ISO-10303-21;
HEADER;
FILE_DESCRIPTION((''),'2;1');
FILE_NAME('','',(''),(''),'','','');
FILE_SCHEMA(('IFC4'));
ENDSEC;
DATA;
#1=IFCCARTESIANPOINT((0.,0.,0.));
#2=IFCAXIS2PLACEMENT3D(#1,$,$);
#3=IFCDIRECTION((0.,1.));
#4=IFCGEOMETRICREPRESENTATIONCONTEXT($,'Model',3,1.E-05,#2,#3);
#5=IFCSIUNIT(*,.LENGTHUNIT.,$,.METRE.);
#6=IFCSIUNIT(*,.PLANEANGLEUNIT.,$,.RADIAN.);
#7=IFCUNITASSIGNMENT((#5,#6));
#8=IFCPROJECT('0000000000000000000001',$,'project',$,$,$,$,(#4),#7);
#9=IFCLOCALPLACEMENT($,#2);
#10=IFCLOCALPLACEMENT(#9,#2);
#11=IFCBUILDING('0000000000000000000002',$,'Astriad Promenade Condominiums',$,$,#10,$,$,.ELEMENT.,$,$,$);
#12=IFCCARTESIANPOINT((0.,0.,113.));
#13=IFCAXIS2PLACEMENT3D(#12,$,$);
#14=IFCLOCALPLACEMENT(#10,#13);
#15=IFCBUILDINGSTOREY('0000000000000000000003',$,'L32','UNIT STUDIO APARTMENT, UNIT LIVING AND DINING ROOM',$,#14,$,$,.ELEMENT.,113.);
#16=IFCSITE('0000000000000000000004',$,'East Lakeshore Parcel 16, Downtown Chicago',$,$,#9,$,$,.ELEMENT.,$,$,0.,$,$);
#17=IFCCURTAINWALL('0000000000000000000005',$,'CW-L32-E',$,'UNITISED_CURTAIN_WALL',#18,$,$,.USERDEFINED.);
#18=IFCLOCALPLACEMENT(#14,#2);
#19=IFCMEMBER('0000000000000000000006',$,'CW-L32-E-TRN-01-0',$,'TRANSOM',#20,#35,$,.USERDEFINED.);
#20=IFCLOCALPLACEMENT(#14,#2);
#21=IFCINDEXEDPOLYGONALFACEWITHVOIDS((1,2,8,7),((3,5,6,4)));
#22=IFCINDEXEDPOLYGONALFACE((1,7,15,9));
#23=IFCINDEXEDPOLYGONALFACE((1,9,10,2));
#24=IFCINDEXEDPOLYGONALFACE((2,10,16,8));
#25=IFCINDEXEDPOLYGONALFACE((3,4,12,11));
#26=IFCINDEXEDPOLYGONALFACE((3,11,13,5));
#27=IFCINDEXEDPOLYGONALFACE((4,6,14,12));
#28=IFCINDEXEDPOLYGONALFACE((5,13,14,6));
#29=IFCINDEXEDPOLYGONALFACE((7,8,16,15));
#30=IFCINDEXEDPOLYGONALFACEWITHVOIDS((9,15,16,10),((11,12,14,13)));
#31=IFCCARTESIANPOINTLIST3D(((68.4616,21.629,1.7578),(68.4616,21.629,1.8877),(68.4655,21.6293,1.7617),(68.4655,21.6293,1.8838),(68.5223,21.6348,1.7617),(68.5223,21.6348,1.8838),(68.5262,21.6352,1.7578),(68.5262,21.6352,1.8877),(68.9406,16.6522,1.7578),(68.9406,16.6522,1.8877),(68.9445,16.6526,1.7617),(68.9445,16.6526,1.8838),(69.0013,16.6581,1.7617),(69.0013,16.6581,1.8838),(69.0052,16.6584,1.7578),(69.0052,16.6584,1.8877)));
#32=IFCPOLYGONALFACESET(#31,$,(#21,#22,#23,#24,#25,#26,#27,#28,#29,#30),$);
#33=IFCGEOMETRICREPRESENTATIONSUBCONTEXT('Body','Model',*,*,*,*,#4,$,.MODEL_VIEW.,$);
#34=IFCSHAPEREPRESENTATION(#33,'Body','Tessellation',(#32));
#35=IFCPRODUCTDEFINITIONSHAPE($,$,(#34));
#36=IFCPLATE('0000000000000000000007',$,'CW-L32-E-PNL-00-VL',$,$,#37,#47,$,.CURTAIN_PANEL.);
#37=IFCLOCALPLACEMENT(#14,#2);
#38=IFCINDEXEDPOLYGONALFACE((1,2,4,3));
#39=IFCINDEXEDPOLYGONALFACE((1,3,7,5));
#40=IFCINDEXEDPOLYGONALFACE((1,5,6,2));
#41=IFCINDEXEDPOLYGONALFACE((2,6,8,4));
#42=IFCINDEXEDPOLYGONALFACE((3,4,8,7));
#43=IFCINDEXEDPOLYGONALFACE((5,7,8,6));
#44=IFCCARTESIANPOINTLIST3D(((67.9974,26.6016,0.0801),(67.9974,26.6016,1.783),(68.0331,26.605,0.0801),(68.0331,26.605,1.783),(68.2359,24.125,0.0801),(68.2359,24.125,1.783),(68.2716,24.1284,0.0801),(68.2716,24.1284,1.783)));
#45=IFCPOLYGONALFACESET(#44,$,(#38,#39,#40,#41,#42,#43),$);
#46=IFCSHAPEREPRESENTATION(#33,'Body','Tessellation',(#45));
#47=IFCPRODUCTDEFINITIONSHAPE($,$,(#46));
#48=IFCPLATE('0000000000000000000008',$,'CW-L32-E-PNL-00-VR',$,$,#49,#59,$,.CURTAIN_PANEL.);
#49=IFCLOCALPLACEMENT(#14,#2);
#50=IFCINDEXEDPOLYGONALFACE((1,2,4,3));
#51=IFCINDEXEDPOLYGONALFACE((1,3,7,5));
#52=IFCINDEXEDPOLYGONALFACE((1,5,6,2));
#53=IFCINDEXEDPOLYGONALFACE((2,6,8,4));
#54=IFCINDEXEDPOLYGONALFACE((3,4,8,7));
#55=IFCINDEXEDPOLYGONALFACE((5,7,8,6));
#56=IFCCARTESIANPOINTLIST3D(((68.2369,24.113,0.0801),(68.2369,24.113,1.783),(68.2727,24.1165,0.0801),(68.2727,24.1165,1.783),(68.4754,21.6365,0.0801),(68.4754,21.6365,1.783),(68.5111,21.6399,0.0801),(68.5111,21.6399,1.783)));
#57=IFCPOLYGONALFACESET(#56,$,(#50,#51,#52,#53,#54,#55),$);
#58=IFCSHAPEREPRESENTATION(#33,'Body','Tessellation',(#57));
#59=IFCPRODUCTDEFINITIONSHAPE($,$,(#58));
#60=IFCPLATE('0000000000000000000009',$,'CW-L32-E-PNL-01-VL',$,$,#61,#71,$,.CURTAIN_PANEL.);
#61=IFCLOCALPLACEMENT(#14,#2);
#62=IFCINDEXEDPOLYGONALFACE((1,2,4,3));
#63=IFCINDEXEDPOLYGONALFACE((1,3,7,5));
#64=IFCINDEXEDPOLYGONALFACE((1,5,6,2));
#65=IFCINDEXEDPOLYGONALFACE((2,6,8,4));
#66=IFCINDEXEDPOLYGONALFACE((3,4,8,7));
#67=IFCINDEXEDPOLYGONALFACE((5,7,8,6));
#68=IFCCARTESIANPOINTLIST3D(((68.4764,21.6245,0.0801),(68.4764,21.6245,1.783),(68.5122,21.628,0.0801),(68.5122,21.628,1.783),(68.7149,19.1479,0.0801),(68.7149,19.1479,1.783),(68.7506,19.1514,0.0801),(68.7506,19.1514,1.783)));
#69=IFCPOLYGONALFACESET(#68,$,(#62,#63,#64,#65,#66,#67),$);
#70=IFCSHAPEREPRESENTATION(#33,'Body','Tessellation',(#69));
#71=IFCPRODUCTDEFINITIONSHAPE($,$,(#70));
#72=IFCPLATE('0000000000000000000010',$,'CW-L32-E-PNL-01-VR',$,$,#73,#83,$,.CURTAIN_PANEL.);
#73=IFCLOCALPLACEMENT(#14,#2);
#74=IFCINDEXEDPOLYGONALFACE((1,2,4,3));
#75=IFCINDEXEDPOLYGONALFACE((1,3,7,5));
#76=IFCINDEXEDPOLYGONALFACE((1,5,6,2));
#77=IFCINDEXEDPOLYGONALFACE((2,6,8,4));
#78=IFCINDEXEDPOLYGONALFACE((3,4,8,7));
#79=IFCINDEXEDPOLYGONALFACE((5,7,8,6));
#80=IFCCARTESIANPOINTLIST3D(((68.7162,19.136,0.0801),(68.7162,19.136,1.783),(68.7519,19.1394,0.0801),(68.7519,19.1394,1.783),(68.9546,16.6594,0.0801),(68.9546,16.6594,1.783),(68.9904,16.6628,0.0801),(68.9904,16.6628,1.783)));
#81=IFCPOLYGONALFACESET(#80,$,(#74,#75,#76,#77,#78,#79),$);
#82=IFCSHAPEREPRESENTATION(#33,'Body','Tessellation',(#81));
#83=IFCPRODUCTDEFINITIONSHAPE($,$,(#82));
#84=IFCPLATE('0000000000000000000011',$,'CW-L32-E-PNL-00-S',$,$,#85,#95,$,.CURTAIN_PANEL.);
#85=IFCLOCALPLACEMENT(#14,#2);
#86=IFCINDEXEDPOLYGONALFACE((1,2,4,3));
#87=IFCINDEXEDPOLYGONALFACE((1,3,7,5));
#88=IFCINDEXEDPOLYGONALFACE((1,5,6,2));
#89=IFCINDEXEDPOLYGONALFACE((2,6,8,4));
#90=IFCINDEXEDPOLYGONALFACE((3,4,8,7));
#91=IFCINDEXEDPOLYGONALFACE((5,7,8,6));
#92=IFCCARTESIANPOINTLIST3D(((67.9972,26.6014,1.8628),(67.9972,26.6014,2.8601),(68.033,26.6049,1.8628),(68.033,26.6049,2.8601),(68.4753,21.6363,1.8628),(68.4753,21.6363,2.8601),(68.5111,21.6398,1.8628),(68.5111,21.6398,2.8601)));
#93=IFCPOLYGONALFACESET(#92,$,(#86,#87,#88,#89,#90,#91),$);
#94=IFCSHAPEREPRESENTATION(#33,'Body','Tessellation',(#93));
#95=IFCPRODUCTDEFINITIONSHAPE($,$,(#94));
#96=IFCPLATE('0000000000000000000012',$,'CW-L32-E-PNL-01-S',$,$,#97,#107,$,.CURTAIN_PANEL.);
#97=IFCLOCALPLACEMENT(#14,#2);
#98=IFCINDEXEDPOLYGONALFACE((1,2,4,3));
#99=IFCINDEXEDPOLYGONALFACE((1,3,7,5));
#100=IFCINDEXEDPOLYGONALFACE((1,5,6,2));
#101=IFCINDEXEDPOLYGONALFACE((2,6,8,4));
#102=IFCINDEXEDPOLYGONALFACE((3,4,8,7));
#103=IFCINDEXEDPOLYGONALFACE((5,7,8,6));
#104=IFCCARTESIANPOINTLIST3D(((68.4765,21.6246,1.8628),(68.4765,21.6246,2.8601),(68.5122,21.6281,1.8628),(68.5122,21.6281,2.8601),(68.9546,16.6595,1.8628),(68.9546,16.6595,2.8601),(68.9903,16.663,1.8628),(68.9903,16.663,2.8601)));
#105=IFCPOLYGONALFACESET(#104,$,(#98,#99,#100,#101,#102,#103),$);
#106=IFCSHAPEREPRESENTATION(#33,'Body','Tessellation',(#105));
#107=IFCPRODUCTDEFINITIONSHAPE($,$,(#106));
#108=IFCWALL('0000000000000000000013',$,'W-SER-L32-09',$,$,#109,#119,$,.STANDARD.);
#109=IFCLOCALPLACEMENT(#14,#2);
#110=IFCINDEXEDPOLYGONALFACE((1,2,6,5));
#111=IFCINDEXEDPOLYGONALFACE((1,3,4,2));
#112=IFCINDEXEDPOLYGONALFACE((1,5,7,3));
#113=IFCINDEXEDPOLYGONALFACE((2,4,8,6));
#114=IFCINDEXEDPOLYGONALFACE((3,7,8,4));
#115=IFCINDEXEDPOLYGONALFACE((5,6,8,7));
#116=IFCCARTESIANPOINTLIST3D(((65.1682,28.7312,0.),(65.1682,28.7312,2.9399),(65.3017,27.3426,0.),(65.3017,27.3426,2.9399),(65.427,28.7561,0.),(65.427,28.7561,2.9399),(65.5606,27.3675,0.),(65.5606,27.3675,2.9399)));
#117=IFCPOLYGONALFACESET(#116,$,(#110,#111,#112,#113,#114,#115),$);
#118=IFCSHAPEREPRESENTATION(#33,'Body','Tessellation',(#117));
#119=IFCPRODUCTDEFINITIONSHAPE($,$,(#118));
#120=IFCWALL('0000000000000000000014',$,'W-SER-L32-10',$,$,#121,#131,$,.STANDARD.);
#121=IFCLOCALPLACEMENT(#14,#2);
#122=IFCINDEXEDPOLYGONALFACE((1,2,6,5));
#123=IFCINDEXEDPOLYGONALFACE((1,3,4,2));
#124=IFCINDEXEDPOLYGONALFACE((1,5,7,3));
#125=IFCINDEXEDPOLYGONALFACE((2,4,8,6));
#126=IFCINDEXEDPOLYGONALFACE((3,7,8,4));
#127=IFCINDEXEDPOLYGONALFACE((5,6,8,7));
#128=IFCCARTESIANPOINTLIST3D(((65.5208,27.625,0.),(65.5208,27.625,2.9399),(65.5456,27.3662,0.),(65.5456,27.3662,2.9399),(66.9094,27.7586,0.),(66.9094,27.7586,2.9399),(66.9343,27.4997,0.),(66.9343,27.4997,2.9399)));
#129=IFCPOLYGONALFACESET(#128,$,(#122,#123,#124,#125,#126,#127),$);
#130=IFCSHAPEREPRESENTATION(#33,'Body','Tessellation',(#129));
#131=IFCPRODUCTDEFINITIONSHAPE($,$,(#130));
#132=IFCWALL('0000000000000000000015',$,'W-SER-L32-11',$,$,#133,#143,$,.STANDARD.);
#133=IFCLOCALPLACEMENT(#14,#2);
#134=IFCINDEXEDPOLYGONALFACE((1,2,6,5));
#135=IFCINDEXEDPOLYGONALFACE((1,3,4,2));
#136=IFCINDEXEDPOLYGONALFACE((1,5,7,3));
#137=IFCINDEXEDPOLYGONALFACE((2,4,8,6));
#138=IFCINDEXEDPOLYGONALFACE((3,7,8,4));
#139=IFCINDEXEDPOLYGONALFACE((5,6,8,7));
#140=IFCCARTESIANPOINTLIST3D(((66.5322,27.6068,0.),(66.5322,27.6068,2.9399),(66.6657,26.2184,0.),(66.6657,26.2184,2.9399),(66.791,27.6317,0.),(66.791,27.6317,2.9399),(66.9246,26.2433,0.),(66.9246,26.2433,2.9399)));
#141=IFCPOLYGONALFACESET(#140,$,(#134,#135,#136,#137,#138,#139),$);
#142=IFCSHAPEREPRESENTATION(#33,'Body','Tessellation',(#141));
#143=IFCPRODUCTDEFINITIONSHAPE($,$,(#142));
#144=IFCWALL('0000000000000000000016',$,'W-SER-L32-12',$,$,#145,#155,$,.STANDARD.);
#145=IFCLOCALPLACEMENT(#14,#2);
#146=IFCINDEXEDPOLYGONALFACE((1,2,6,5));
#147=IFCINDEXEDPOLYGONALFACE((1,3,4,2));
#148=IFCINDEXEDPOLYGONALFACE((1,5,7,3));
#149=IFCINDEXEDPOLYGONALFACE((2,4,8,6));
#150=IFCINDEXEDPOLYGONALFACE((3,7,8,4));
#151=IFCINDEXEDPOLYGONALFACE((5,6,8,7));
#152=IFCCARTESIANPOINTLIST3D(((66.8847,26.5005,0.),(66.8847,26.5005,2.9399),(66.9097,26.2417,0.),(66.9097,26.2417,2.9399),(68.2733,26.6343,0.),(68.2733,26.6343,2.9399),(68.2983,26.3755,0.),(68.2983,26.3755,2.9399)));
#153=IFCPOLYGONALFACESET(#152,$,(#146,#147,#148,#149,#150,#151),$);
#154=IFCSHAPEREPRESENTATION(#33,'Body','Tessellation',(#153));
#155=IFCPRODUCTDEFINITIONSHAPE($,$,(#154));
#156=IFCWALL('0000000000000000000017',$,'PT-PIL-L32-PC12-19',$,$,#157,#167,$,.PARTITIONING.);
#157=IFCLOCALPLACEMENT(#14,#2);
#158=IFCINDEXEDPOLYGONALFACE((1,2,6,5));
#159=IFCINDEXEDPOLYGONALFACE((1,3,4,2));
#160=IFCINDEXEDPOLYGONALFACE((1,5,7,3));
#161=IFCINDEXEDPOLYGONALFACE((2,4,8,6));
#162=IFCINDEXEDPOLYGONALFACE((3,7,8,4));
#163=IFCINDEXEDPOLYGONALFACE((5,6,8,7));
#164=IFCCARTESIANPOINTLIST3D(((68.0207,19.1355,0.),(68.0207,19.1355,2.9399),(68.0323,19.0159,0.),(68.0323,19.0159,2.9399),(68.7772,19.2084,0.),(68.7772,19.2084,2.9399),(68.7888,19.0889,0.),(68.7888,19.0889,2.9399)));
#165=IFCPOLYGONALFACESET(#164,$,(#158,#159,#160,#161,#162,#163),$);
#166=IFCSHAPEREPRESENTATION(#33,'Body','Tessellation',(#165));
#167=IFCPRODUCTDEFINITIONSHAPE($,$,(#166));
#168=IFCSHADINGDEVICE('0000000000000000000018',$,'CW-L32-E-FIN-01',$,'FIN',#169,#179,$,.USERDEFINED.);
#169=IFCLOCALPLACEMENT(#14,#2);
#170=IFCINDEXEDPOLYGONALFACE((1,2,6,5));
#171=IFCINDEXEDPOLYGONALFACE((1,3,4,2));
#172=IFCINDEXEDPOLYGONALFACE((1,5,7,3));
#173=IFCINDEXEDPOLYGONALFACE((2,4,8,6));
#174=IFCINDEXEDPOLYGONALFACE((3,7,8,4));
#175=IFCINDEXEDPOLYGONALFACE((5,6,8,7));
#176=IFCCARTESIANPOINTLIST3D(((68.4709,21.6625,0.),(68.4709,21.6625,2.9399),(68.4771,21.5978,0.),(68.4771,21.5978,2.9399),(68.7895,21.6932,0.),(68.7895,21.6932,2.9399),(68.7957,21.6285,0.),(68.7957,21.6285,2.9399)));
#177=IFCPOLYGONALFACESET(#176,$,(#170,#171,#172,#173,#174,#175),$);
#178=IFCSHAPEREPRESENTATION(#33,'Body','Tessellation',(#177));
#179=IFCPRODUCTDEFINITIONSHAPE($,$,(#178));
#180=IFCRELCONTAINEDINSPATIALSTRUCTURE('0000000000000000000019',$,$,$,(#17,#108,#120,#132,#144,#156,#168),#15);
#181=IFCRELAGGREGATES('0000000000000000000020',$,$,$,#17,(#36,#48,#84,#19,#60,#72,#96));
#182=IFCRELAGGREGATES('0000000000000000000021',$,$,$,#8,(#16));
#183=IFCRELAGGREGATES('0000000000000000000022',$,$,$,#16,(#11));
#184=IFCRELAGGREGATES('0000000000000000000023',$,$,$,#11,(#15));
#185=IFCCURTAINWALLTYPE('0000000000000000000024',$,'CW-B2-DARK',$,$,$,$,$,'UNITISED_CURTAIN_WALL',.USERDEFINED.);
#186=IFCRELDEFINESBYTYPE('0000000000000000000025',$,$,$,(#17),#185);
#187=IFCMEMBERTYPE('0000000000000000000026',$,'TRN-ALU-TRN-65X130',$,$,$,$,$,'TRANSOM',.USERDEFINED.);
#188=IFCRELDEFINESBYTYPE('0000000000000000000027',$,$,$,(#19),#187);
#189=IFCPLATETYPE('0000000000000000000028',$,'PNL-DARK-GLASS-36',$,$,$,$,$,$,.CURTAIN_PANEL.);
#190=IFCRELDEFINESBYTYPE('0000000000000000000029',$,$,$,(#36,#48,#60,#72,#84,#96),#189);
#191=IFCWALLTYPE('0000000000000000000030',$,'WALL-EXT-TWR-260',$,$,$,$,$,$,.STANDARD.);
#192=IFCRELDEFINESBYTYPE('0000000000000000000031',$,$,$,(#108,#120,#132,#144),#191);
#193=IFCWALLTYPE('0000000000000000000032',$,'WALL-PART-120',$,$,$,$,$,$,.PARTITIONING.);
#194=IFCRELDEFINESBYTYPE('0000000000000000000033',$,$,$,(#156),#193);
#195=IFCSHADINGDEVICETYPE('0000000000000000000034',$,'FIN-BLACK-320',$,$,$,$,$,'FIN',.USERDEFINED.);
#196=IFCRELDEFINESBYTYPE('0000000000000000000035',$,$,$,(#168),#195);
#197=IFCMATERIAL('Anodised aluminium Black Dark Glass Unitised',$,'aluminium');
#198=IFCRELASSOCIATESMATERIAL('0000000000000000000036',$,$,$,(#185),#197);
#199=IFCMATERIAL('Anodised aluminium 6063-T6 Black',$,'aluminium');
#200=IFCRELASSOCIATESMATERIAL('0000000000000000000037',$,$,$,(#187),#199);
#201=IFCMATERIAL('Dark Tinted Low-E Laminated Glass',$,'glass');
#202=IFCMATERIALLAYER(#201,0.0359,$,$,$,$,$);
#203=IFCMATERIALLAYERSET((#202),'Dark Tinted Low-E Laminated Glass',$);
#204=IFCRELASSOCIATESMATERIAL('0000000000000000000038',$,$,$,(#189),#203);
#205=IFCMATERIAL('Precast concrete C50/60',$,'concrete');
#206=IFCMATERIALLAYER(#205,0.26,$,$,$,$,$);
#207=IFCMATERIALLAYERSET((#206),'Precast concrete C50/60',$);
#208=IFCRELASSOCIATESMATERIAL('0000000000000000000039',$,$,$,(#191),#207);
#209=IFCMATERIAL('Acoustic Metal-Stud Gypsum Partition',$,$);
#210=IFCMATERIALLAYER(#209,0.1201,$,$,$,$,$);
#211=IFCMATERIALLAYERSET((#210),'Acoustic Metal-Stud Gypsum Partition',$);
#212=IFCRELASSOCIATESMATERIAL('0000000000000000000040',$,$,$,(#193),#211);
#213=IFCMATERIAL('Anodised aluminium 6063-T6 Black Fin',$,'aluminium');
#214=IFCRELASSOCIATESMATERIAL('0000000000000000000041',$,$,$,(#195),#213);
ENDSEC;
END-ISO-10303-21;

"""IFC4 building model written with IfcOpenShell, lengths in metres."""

from ifc_helpers import new_model, si_unit, direction, frame, frame_2d, origin, origin_2d, place, context, subcontext, project, spatial, rectangle, hollow_rectangle, extrude, source, transform, mapped, material, layer, layer_set, material_profile, profile_set, type_object, type_shapes, element, aggregate, save


model = new_model("IFC4")

# Units and contexts
model_context = context("Model", 3, precision=1e-05, world=origin(), true_north=direction((0.0, 1.0)))
body_context = subcontext(model_context, "Body", "Model", "MODEL_VIEW")
ifc_project = project(units=[si_unit("LENGTHUNIT", "METRE"), si_unit("PLANEANGLEUNIT", "RADIAN")], contexts=[model_context])

# Site, building, storey
site_placement = place(None, origin())
site = spatial("IfcSite", under=ifc_project, at=site_placement, Name="East Lakeshore Parcel 16, Downtown Chicago", CompositionType="ELEMENT", RefElevation=0.0)
building_placement = place(site_placement, origin())
building = spatial("IfcBuilding", under=site, at=building_placement, Name="Astriad Promenade Condominiums", CompositionType="ELEMENT")
storey_placement = place(building_placement, frame((0.0, 0.0, 113.0)))
storey = spatial("IfcBuildingStorey", under=building, at=storey_placement, Name="L32", Description="UNIT STUDIO APARTMENT, UNIT LIVING AND DINING ROOM", CompositionType="ELEMENT", Elevation=113.0)

# Curtain wall, member, plates
ifc_material_1 = material(Name="Anodised aluminium Black Dark Glass Unitised", Category="aluminium")
curtain_wall_type = type_object("IfcCurtainWallType", Name="CW-B2-DARK", ElementType="UNITISED_CURTAIN_WALL", PredefinedType="USERDEFINED", material=ifc_material_1)
curtain_wall_placement = place(storey_placement, origin())
curtain_wall = element("IfcCurtainWall", 1, at=curtain_wall_placement, inside=storey, type_object=curtain_wall_type, Name="CW-L32-E", ObjectType="UNITISED_CURTAIN_WALL", PredefinedType="USERDEFINED")
ifc_material_2 = material(Name="Anodised aluminium 6063-T6 Black", Category="aluminium")
ifc_material_profile_1 = material_profile(ifc_material_2, hollow_rectangle(XDim=0.0649, YDim=0.1299, WallThickness=0.0039, at=origin_2d()), Name="ALU-TRN-65X130")
ifc_profile_set_1 = profile_set([ifc_material_profile_1], Name="Anodised aluminium 6063-T6 Black")
member_type_1 = type_object("IfcMemberType", Name="TRN-ALU-TRN-65X130", ElementType="TRANSOM", PredefinedType="USERDEFINED", material=ifc_profile_set_1)
shared_shape_1 = source(origin(), body_context, "Body", "SweptSolid", [
    extrude(hollow_rectangle(XDim=0.0649, YDim=0.1299, WallThickness=0.0039, at=origin_2d()), origin(), (0.0, 0.0, 1.0), 4.9998),
])
member_1_placement = place(storey_placement, frame((68.4939, 21.6321, 1.8228), z_axis=(0.095805, -0.9954, 0.0), x_axis=(0.9954, 0.095805, 0.0)))
member_1 = element("IfcMember", 2, at=member_1_placement, type_object=member_type_1, Name="CW-L32-E-TRN-01-0", ObjectType="TRANSOM", PredefinedType="USERDEFINED", context=body_context, shape_type="MappedRepresentation", body=[
    mapped(shared_shape_1, transform((0.0, 0.0, 0.0), scale=1.0)),
])
ifc_material_3 = material(Name="Dark Tinted Low-E Laminated Glass", Category="glass")
ifc_layer_1 = layer(ifc_material_3, 0.0359)
ifc_layer_set_1 = layer_set([ifc_layer_1], Name="Dark Tinted Low-E Laminated Glass")
plate_type = type_object("IfcPlateType", Name="PNL-DARK-GLASS-36", PredefinedType="CURTAIN_PANEL", material=ifc_layer_set_1)
shared_shape_2 = source(origin(), body_context, "Body", "SweptSolid", [
    extrude(rectangle(XDim=2.488, YDim=0.0359, at=origin_2d()), origin(), (0.0, 0.0, 1.0), 1.7029),
])
plate_1_placement = place(storey_placement, frame((68.1345, 25.365, 0.0801), z_axis=(0.0, 0.0, 1.0), x_axis=(0.095846, -0.995396, 0.0)))
plate_1 = element("IfcPlate", 3, at=plate_1_placement, type_object=plate_type, Name="CW-L32-E-PNL-00-VL", PredefinedType="CURTAIN_PANEL", context=body_context, shape_type="MappedRepresentation", body=[
    mapped(shared_shape_2, transform((0.0, 0.0, 0.0), scale=1.0)),
])
plate_2_placement = place(storey_placement, frame((68.374, 22.8765, 0.0801), z_axis=(0.0, 0.0, 1.0), x_axis=(0.095846, -0.995396, 0.0)))
plate_2 = element("IfcPlate", 4, at=plate_2_placement, type_object=plate_type, Name="CW-L32-E-PNL-00-VR", PredefinedType="CURTAIN_PANEL", context=body_context, shape_type="MappedRepresentation", body=[
    mapped(shared_shape_2, transform((0.0, 0.0, 0.0), scale=1.0)),
])
plate_3_placement = place(storey_placement, frame((68.6135, 20.3879, 0.0801), z_axis=(0.0, 0.0, 1.0), x_axis=(0.095846, -0.995396, 0.0)))
plate_3 = element("IfcPlate", 5, at=plate_3_placement, type_object=plate_type, Name="CW-L32-E-PNL-01-VL", PredefinedType="CURTAIN_PANEL", context=body_context, shape_type="MappedRepresentation", body=[
    mapped(shared_shape_2, transform((0.0, 0.0, 0.0), scale=1.0)),
])
plate_4_placement = place(storey_placement, frame((68.8533, 17.8994, 0.0801), z_axis=(0.0, 0.0, 1.0), x_axis=(0.095846, -0.995396, 0.0)))
plate_4 = element("IfcPlate", 6, at=plate_4_placement, type_object=plate_type, Name="CW-L32-E-PNL-01-VR", PredefinedType="CURTAIN_PANEL", context=body_context, shape_type="MappedRepresentation", body=[
    mapped(shared_shape_2, transform((0.0, 0.0, 0.0), scale=1.0)),
])
shared_shape_3 = source(origin(), body_context, "Body", "SweptSolid", [
    extrude(rectangle(XDim=4.988, YDim=0.0359, at=origin_2d()), origin(), (0.0, 0.0, 1.0), 0.9973),
])
type_shapes(plate_type, [shared_shape_2, shared_shape_3])
plate_5_placement = place(storey_placement, frame((68.2542, 24.1206, 1.8628), z_axis=(0.0, 0.0, 1.0), x_axis=(0.095846, -0.995396, 0.0)))
plate_5 = element("IfcPlate", 7, at=plate_5_placement, type_object=plate_type, Name="CW-L32-E-PNL-00-S", PredefinedType="CURTAIN_PANEL", context=body_context, shape_type="MappedRepresentation", body=[
    mapped(shared_shape_3, transform((0.0, 0.0, 0.0), scale=1.0)),
])
plate_6_placement = place(storey_placement, frame((68.7334, 19.1438, 1.8628), z_axis=(0.0, 0.0, 1.0), x_axis=(0.095846, -0.995396, 0.0)))
plate_6 = element("IfcPlate", 8, at=plate_6_placement, type_object=plate_type, Name="CW-L32-E-PNL-01-S", PredefinedType="CURTAIN_PANEL", context=body_context, shape_type="MappedRepresentation", body=[
    mapped(shared_shape_3, transform((0.0, 0.0, 0.0), scale=1.0)),
])
aggregate(curtain_wall, [plate_1, plate_2, plate_5, member_1, plate_3, plate_4, plate_6])

# Walls
ifc_material_4 = material(Name="Precast concrete C50/60", Category="concrete")
ifc_layer_2 = layer(ifc_material_4, 0.26)
ifc_layer_set_2 = layer_set([ifc_layer_2], Name="Precast concrete C50/60")
wall_type_1 = type_object("IfcWallType", Name="WALL-EXT-TWR-260", PredefinedType="STANDARD", material=ifc_layer_set_2)
for number, where, z_axis, x_axis, name in (
    (9, (65.2976, 28.7437, 0.0), (0.0, 0.0, 1.0), (0.095726, -0.995408, 0.0), "W-SER-L32-09"),
    (10, (65.5332, 27.4956, 0.0), (0.0, 0.0, 1.0), (0.995408, 0.095726, 0.0), "W-SER-L32-10"),
):
    element("IfcWall", number, at=place(storey_placement, frame(where, z_axis=z_axis, x_axis=x_axis)), inside=storey, type_object=wall_type_1, Name=name, PredefinedType="STANDARD", context=body_context, shape_type="SweptSolid", body=[
        extrude(rectangle(XDim=1.395, YDim=0.26, at=frame_2d((0.6975, 0.0))), origin(), (0.0, 0.0, 1.0), 2.9399),
    ])
wall_1_placement = place(storey_placement, frame((66.6616, 27.6191, 0.0), z_axis=(0.0, 0.0, 1.0), x_axis=(0.095742, -0.995406, 0.0)))
element("IfcWall", 11, at=wall_1_placement, inside=storey, type_object=wall_type_1, Name="W-SER-L32-11", PredefinedType="STANDARD", context=body_context, shape_type="SweptSolid", body=[
    extrude(rectangle(XDim=1.3948, YDim=0.26, at=frame_2d((0.6973, 0.0))), origin(), (0.0, 0.0, 1.0), 2.9399),
])
wall_2_placement = place(storey_placement, frame((66.8972, 26.3711, 0.0), z_axis=(0.0, 0.0, 1.0), x_axis=(0.995391, 0.095899, 0.0)))
element("IfcWall", 12, at=wall_2_placement, inside=storey, type_object=wall_type_1, Name="W-SER-L32-12", PredefinedType="STANDARD", context=body_context, shape_type="SweptSolid", body=[
    extrude(rectangle(XDim=1.395, YDim=0.26, at=frame_2d((0.6975, 0.0))), origin(), (0.0, 0.0, 1.0), 2.9399),
])
ifc_material_5 = material(Name="Acoustic Metal-Stud Gypsum Partition")
ifc_layer_3 = layer(ifc_material_5, 0.1201)
ifc_layer_set_3 = layer_set([ifc_layer_3], Name="Acoustic Metal-Stud Gypsum Partition")
wall_type_2 = type_object("IfcWallType", Name="WALL-PART-120", PredefinedType="PARTITIONING", material=ifc_layer_set_3)
wall_3_placement = place(storey_placement, frame((68.0266, 19.0757, 0.0), z_axis=(0.0, 0.0, 1.0), x_axis=(0.995378, 0.096037, 0.0)))
element("IfcWall", 13, at=wall_3_placement, inside=storey, type_object=wall_type_2, Name="PT-PIL-L32-PC12-19", PredefinedType="PARTITIONING", context=body_context, shape_type="SweptSolid", body=[
    extrude(rectangle(XDim=0.76, YDim=0.1201, at=frame_2d((0.3799, 0.0))), origin(), (0.0, 0.0, 1.0), 2.9399),
])

# Shading device
ifc_material_6 = material(Name="Anodised aluminium 6063-T6 Black Fin", Category="aluminium")
shading_device_type = type_object("IfcShadingDeviceType", Name="FIN-BLACK-320", ElementType="FIN", PredefinedType="USERDEFINED", material=ifc_material_6)
shared_shape_4 = source(origin(), body_context, "Body", "SweptSolid", [
    extrude(rectangle(XDim=0.0649, YDim=0.3201, at=origin_2d()), origin(), (0.0, 0.0, 1.0), 2.9399),
])
type_shapes(shading_device_type, [shared_shape_4])
shading_device_placement = place(storey_placement, frame((68.6333, 21.6455, 0.0), z_axis=(0.0, 0.0, 1.0), x_axis=(0.095846, -0.995396, 0.0)))
element("IfcShadingDevice", 14, at=shading_device_placement, inside=storey, type_object=shading_device_type, Name="CW-L32-E-FIN-01", ObjectType="FIN", PredefinedType="USERDEFINED", context=body_context, shape_type="MappedRepresentation", body=[
    mapped(shared_shape_4, transform((0.0, 0.0, 0.0), scale=1.0)),
])

save(model, "model.ifc")
